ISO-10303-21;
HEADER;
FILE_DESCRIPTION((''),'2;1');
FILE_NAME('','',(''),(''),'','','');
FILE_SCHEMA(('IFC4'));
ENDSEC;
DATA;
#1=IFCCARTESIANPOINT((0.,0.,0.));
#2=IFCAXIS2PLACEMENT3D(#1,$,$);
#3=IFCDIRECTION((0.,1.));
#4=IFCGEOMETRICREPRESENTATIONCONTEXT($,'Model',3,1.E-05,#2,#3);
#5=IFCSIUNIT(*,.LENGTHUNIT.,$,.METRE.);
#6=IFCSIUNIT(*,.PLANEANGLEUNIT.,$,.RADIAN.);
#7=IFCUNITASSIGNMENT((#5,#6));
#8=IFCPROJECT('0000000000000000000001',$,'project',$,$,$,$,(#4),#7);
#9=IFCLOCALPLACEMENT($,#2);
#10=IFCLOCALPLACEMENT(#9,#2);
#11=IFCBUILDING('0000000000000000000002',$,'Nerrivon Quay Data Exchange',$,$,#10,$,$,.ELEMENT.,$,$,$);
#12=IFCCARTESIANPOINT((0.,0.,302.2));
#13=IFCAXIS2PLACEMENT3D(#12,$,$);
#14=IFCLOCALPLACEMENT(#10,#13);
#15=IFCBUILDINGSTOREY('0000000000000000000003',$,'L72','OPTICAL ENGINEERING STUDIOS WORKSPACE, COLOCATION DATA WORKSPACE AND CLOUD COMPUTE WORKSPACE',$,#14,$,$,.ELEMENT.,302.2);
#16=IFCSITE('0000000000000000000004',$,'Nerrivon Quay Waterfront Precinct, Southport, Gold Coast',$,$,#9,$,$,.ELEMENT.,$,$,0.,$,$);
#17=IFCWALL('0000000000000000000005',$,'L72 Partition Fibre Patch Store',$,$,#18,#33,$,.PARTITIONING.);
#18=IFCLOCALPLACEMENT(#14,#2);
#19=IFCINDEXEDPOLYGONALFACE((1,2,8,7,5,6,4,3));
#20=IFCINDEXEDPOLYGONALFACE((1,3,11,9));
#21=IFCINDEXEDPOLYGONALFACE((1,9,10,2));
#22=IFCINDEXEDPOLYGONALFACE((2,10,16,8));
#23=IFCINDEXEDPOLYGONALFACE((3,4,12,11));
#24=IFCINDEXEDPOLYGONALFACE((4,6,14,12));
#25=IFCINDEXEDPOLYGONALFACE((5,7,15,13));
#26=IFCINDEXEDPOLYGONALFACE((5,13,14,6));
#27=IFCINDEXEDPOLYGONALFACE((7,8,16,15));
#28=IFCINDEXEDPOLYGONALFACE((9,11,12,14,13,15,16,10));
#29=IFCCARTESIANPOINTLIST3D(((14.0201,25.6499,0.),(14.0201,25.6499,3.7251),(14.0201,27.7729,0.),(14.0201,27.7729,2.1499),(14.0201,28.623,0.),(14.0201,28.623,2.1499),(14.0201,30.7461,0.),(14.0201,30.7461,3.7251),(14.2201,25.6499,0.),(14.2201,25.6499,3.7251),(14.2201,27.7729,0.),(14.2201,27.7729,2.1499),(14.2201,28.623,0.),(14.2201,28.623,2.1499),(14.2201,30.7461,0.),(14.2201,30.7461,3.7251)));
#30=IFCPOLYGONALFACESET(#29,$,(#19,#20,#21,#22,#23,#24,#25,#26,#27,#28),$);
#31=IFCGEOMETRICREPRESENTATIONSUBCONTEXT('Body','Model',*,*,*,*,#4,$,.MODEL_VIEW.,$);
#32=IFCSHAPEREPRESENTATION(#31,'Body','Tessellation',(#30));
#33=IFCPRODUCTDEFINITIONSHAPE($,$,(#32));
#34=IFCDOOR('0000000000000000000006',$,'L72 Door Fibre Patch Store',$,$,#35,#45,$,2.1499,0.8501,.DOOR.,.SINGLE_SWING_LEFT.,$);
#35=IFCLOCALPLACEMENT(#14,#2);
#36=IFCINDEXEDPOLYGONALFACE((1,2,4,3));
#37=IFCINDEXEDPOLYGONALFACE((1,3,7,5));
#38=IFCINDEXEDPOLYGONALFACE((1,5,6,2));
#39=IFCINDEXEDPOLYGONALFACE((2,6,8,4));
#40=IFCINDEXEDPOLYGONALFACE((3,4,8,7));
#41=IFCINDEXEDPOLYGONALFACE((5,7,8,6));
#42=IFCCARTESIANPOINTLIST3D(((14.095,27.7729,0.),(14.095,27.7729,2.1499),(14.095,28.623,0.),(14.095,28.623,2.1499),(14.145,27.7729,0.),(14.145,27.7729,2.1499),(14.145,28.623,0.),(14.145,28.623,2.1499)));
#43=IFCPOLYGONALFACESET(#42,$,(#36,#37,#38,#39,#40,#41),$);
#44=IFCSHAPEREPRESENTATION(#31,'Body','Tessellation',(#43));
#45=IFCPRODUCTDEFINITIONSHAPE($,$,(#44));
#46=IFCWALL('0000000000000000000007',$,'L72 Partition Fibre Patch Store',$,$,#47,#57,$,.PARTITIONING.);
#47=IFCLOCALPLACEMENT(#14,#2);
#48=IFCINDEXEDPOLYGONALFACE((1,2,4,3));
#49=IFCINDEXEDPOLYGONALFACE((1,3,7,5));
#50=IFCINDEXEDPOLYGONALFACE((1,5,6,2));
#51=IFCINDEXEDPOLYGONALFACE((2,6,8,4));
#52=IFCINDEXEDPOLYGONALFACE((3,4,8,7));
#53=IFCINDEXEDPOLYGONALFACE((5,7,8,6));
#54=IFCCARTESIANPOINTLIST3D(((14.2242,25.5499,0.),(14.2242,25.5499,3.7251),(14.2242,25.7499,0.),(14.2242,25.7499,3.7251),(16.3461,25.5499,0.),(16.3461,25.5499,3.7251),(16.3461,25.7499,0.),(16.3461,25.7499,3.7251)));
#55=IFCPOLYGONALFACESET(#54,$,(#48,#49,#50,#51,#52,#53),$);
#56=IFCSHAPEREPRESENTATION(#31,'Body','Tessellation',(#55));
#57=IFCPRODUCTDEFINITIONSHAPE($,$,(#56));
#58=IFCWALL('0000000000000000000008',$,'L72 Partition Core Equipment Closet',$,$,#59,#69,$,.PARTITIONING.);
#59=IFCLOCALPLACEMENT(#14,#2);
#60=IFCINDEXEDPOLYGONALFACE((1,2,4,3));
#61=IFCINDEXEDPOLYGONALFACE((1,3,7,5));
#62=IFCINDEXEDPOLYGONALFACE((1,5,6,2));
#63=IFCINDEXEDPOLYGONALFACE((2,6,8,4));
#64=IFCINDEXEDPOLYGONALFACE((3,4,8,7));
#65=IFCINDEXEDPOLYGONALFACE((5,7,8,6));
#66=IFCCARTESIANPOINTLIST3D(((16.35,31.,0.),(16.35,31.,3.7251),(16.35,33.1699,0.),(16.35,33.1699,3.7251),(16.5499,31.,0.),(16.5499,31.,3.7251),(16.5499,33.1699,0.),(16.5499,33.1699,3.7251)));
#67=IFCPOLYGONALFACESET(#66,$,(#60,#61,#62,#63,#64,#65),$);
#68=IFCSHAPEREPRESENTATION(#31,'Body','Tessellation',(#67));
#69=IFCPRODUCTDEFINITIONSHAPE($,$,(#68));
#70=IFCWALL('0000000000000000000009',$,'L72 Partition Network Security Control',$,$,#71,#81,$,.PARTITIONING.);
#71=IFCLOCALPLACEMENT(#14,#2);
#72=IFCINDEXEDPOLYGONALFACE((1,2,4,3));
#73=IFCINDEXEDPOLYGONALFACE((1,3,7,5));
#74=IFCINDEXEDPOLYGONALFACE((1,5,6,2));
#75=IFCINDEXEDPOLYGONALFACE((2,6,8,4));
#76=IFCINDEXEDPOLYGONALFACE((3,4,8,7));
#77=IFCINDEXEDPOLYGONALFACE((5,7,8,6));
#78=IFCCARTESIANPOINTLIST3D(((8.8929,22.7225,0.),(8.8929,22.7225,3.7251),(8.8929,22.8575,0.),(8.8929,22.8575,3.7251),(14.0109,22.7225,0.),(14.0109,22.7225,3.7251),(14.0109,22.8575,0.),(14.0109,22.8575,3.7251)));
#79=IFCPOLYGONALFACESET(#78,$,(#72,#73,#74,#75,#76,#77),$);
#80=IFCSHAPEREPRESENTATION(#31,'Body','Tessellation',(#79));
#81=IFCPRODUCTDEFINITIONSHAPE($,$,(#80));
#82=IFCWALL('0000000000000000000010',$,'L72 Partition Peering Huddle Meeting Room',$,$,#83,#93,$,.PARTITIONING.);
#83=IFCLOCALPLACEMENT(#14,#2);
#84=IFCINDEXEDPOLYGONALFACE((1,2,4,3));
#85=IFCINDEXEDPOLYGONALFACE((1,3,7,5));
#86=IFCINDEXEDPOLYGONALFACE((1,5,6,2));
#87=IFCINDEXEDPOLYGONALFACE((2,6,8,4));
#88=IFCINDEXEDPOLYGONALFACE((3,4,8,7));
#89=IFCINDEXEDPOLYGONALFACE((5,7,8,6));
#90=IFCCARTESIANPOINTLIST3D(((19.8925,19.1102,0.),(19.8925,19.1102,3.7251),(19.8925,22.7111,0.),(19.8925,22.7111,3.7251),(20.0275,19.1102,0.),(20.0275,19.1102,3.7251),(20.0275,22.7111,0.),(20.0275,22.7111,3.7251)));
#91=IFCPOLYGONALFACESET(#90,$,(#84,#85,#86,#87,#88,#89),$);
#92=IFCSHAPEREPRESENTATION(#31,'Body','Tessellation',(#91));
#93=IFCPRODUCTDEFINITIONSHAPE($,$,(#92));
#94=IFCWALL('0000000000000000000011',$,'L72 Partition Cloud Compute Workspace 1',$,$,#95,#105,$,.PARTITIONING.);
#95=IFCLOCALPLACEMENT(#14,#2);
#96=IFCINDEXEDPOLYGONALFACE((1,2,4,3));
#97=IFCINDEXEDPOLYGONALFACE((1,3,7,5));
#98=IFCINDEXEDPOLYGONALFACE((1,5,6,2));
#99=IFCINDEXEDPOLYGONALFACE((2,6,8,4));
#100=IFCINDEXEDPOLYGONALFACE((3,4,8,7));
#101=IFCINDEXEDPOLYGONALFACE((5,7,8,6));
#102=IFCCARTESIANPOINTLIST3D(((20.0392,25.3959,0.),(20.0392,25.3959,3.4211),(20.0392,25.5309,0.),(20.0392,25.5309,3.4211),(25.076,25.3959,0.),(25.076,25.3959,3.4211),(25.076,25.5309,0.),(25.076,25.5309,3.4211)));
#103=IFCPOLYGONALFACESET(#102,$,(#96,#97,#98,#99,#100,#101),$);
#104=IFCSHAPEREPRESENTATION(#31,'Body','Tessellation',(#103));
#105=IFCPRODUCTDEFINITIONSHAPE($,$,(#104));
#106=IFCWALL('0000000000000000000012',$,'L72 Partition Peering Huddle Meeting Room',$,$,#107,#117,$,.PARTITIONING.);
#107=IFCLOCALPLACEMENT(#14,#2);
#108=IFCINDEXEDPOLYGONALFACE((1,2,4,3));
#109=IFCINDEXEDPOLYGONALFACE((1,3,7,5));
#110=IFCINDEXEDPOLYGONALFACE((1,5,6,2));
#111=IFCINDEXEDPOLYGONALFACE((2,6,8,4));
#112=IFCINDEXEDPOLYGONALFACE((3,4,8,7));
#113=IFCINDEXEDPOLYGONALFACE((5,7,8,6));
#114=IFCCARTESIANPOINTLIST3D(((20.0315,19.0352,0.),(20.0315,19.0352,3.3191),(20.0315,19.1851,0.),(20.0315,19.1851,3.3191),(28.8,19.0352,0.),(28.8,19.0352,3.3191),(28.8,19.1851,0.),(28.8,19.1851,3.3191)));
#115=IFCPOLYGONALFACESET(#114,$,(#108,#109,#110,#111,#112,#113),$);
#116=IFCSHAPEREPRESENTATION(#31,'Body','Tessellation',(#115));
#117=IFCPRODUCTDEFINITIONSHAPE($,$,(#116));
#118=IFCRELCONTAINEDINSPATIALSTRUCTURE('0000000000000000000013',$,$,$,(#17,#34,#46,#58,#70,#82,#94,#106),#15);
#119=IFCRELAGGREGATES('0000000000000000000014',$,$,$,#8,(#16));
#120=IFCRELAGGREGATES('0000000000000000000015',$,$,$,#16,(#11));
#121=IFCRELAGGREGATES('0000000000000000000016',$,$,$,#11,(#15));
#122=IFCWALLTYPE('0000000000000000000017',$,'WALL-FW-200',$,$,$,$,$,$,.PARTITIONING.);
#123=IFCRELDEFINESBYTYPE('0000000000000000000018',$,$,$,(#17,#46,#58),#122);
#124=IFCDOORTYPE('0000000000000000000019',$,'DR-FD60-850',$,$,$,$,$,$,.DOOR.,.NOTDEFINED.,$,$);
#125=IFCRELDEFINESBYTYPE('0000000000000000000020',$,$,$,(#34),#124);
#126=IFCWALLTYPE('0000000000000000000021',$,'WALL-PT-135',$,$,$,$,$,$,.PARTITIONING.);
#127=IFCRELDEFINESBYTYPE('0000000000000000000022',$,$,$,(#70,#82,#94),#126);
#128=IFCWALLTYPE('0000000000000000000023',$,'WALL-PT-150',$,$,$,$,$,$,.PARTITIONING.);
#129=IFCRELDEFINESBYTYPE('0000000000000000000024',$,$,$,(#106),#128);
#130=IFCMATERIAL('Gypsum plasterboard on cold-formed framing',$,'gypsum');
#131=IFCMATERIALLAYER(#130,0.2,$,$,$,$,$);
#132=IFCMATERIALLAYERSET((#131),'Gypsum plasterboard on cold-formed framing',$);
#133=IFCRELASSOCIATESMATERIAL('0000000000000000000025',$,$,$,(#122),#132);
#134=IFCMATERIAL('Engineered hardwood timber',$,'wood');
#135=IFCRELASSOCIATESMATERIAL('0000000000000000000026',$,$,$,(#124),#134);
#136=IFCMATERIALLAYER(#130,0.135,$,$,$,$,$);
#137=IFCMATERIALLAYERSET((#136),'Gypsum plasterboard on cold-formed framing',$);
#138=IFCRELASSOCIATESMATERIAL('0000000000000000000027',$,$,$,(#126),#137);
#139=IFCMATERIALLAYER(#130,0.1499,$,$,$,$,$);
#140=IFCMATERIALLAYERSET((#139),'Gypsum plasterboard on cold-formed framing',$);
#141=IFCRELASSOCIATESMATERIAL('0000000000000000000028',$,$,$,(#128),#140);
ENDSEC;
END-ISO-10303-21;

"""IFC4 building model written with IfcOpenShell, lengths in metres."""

from ifc_helpers import new_model, si_unit, direction, frame, frame_2d, origin, place, context, subcontext, project, spatial, rectangle, extrude, material, layer, layer_set, type_object, element, fill, save


model = new_model("IFC4")

# Units and contexts
model_context = context("Model", 3, precision=1e-05, world=origin(), true_north=direction((0.0, 1.0)))
body_context = subcontext(model_context, "Body", "Model", "MODEL_VIEW")
ifc_project = project(units=[si_unit("LENGTHUNIT", "METRE"), si_unit("PLANEANGLEUNIT", "RADIAN")], contexts=[model_context])

# Site, building, storey
site_placement = place(None, origin())
site = spatial("IfcSite", under=ifc_project, at=site_placement, Name="Nerrivon Quay Waterfront Precinct, Southport, Gold Coast", CompositionType="ELEMENT", RefElevation=0.0)
building_placement = place(site_placement, origin())
building = spatial("IfcBuilding", under=site, at=building_placement, Name="Nerrivon Quay Data Exchange", CompositionType="ELEMENT")
storey_placement = place(building_placement, frame((0.0, 0.0, 302.2)))
storey = spatial("IfcBuildingStorey", under=building, at=storey_placement, Name="L72", Description="OPTICAL ENGINEERING STUDIOS WORKSPACE, COLOCATION DATA WORKSPACE AND CLOUD COMPUTE WORKSPACE", CompositionType="ELEMENT", Elevation=302.2)

# Shared definitions
ifc_material_1 = material(Name="Gypsum plasterboard on cold-formed framing", Category="gypsum")
ifc_layer_1 = layer(ifc_material_1, 0.2)
ifc_layer_set_1 = layer_set([ifc_layer_1], Name="Gypsum plasterboard on cold-formed framing")
wall_type_1 = type_object("IfcWallType", Name="WALL-FW-200", PredefinedType="PARTITIONING", material=ifc_layer_set_1)

# Wall, opening, door
wall_1_placement = place(storey_placement, frame((14.1201, 30.7461, 0.0), z_axis=(0.0, 0.0, 1.0), x_axis=(0.0, -1.0, 0.0)))
wall_1 = element("IfcWall", 1, at=wall_1_placement, inside=storey, type_object=wall_type_1, Name="L72 Partition Fibre Patch Store", PredefinedType="PARTITIONING", context=body_context, shape_type="SweptSolid", body=[
    extrude(rectangle(XDim=5.0962, YDim=0.2, at=frame_2d((2.5481, 0.0))), origin(), (0.0, 0.0, 1.0), 3.7251),
])
opening_placement = place(wall_1_placement, frame((2.123, 0.0, 0.0)))
opening = element("IfcOpeningElement", 2, at=opening_placement, cuts=wall_1, PredefinedType="OPENING", context=body_context, shape_type="SweptSolid", body=[
    extrude(rectangle(XDim=0.8501, YDim=2.1499, at=frame_2d((0.425, 1.075))), frame((0.0, 0.1099, 0.0), z_axis=(0.0, -1.0, 0.0), x_axis=(1.0, 0.0, 0.0)), (0.0, 0.0, 1.0), 0.22),
])
ifc_material_2 = material(Name="Engineered hardwood timber", Category="wood")
door_type = type_object("IfcDoorType", Name="DR-FD60-850", OperationType="NOTDEFINED", PredefinedType="DOOR", material=ifc_material_2)
door_placement = place(opening_placement, origin())
door = element("IfcDoor", 3, at=door_placement, inside=storey, type_object=door_type, Name="L72 Door Fibre Patch Store", OperationType="SINGLE_SWING_LEFT", OverallHeight=2.1499, OverallWidth=0.8501, PredefinedType="DOOR", context=body_context, shape_type="SweptSolid", body=[
    extrude(rectangle(XDim=0.8501, YDim=2.1499, at=frame_2d((0.425, 1.075))), frame((0.0, 0.0249, 0.0), z_axis=(0.0, -1.0, 0.0), x_axis=(1.0, 0.0, 0.0)), (0.0, 0.0, 1.0), 0.05),
])
fill(opening, door)

# Walls
wall_2_placement = place(storey_placement, frame((14.2241, 25.6499, 0.0), z_axis=(0.0, 0.0, 1.0), x_axis=(1.0, 0.0, 0.0)))
element("IfcWall", 4, at=wall_2_placement, inside=storey, type_object=wall_type_1, Name="L72 Partition Fibre Patch Store", PredefinedType="PARTITIONING", context=body_context, shape_type="SweptSolid", body=[
    extrude(rectangle(XDim=2.1218, YDim=0.2, at=frame_2d((1.061, 0.0))), origin(), (0.0, 0.0, 1.0), 3.7251),
])
wall_3_placement = place(storey_placement, frame((16.45, 31.0, 0.0), z_axis=(0.0, 0.0, 1.0), x_axis=(0.0, 1.0, 0.0)))
element("IfcWall", 5, at=wall_3_placement, inside=storey, type_object=wall_type_1, Name="L72 Partition Core Equipment Closet", PredefinedType="PARTITIONING", context=body_context, shape_type="SweptSolid", body=[
    extrude(rectangle(XDim=2.1699, YDim=0.2, at=frame_2d((1.085, 0.0))), origin(), (0.0, 0.0, 1.0), 3.7251),
])
ifc_layer_2 = layer(ifc_material_1, 0.135)
ifc_layer_set_2 = layer_set([ifc_layer_2], Name="Gypsum plasterboard on cold-formed framing")
wall_type_2 = type_object("IfcWallType", Name="WALL-PT-135", PredefinedType="PARTITIONING", material=ifc_layer_set_2)
wall_4_placement = place(storey_placement, frame((14.011, 22.79, 0.0), z_axis=(0.0, 0.0, 1.0), x_axis=(-1.0, 0.0, 0.0)))
element("IfcWall", 6, at=wall_4_placement, inside=storey, type_object=wall_type_2, Name="L72 Partition Network Security Control", PredefinedType="PARTITIONING", context=body_context, shape_type="SweptSolid", body=[
    extrude(rectangle(XDim=5.1179, YDim=0.135, at=frame_2d((2.5591, 0.0))), origin(), (0.0, 0.0, 1.0), 3.7251),
])
wall_5_placement = place(storey_placement, frame((19.96, 22.7109, 0.0), z_axis=(0.0, 0.0, 1.0), x_axis=(0.0, -1.0, 0.0)))
element("IfcWall", 7, at=wall_5_placement, inside=storey, type_object=wall_type_2, Name="L72 Partition Peering Huddle Meeting Room", PredefinedType="PARTITIONING", context=body_context, shape_type="SweptSolid", body=[
    extrude(rectangle(XDim=3.6008, YDim=0.135, at=frame_2d((1.8003, 0.0))), origin(), (0.0, 0.0, 1.0), 3.7251),
])
wall_6_placement = place(storey_placement, frame((20.0391, 25.4634, 0.0), z_axis=(0.0, 0.0, 1.0), x_axis=(1.0, 0.0, 0.0)))
element("IfcWall", 8, at=wall_6_placement, inside=storey, type_object=wall_type_2, Name="L72 Partition Cloud Compute Workspace 1", PredefinedType="PARTITIONING", context=body_context, shape_type="SweptSolid", body=[
    extrude(rectangle(XDim=5.0369, YDim=0.135, at=frame_2d((2.5186, 0.0))), origin(), (0.0, 0.0, 1.0), 3.4211),
])
ifc_layer_3 = layer(ifc_material_1, 0.1499)
ifc_layer_set_3 = layer_set([ifc_layer_3], Name="Gypsum plasterboard on cold-formed framing")
wall_type_3 = type_object("IfcWallType", Name="WALL-PT-150", PredefinedType="PARTITIONING", material=ifc_layer_set_3)
wall_7_placement = place(storey_placement, frame((20.0315, 19.1101, 0.0), z_axis=(0.0, 0.0, 1.0), x_axis=(1.0, 0.0, 0.0)))
element("IfcWall", 9, at=wall_7_placement, inside=storey, type_object=wall_type_3, Name="L72 Partition Peering Huddle Meeting Room", PredefinedType="PARTITIONING", context=body_context, shape_type="SweptSolid", body=[
    extrude(rectangle(XDim=8.7686, YDim=0.1499, at=frame_2d((4.3843, 0.0))), origin(), (0.0, 0.0, 1.0), 3.3191),
])

save(model, "model.ifc")
